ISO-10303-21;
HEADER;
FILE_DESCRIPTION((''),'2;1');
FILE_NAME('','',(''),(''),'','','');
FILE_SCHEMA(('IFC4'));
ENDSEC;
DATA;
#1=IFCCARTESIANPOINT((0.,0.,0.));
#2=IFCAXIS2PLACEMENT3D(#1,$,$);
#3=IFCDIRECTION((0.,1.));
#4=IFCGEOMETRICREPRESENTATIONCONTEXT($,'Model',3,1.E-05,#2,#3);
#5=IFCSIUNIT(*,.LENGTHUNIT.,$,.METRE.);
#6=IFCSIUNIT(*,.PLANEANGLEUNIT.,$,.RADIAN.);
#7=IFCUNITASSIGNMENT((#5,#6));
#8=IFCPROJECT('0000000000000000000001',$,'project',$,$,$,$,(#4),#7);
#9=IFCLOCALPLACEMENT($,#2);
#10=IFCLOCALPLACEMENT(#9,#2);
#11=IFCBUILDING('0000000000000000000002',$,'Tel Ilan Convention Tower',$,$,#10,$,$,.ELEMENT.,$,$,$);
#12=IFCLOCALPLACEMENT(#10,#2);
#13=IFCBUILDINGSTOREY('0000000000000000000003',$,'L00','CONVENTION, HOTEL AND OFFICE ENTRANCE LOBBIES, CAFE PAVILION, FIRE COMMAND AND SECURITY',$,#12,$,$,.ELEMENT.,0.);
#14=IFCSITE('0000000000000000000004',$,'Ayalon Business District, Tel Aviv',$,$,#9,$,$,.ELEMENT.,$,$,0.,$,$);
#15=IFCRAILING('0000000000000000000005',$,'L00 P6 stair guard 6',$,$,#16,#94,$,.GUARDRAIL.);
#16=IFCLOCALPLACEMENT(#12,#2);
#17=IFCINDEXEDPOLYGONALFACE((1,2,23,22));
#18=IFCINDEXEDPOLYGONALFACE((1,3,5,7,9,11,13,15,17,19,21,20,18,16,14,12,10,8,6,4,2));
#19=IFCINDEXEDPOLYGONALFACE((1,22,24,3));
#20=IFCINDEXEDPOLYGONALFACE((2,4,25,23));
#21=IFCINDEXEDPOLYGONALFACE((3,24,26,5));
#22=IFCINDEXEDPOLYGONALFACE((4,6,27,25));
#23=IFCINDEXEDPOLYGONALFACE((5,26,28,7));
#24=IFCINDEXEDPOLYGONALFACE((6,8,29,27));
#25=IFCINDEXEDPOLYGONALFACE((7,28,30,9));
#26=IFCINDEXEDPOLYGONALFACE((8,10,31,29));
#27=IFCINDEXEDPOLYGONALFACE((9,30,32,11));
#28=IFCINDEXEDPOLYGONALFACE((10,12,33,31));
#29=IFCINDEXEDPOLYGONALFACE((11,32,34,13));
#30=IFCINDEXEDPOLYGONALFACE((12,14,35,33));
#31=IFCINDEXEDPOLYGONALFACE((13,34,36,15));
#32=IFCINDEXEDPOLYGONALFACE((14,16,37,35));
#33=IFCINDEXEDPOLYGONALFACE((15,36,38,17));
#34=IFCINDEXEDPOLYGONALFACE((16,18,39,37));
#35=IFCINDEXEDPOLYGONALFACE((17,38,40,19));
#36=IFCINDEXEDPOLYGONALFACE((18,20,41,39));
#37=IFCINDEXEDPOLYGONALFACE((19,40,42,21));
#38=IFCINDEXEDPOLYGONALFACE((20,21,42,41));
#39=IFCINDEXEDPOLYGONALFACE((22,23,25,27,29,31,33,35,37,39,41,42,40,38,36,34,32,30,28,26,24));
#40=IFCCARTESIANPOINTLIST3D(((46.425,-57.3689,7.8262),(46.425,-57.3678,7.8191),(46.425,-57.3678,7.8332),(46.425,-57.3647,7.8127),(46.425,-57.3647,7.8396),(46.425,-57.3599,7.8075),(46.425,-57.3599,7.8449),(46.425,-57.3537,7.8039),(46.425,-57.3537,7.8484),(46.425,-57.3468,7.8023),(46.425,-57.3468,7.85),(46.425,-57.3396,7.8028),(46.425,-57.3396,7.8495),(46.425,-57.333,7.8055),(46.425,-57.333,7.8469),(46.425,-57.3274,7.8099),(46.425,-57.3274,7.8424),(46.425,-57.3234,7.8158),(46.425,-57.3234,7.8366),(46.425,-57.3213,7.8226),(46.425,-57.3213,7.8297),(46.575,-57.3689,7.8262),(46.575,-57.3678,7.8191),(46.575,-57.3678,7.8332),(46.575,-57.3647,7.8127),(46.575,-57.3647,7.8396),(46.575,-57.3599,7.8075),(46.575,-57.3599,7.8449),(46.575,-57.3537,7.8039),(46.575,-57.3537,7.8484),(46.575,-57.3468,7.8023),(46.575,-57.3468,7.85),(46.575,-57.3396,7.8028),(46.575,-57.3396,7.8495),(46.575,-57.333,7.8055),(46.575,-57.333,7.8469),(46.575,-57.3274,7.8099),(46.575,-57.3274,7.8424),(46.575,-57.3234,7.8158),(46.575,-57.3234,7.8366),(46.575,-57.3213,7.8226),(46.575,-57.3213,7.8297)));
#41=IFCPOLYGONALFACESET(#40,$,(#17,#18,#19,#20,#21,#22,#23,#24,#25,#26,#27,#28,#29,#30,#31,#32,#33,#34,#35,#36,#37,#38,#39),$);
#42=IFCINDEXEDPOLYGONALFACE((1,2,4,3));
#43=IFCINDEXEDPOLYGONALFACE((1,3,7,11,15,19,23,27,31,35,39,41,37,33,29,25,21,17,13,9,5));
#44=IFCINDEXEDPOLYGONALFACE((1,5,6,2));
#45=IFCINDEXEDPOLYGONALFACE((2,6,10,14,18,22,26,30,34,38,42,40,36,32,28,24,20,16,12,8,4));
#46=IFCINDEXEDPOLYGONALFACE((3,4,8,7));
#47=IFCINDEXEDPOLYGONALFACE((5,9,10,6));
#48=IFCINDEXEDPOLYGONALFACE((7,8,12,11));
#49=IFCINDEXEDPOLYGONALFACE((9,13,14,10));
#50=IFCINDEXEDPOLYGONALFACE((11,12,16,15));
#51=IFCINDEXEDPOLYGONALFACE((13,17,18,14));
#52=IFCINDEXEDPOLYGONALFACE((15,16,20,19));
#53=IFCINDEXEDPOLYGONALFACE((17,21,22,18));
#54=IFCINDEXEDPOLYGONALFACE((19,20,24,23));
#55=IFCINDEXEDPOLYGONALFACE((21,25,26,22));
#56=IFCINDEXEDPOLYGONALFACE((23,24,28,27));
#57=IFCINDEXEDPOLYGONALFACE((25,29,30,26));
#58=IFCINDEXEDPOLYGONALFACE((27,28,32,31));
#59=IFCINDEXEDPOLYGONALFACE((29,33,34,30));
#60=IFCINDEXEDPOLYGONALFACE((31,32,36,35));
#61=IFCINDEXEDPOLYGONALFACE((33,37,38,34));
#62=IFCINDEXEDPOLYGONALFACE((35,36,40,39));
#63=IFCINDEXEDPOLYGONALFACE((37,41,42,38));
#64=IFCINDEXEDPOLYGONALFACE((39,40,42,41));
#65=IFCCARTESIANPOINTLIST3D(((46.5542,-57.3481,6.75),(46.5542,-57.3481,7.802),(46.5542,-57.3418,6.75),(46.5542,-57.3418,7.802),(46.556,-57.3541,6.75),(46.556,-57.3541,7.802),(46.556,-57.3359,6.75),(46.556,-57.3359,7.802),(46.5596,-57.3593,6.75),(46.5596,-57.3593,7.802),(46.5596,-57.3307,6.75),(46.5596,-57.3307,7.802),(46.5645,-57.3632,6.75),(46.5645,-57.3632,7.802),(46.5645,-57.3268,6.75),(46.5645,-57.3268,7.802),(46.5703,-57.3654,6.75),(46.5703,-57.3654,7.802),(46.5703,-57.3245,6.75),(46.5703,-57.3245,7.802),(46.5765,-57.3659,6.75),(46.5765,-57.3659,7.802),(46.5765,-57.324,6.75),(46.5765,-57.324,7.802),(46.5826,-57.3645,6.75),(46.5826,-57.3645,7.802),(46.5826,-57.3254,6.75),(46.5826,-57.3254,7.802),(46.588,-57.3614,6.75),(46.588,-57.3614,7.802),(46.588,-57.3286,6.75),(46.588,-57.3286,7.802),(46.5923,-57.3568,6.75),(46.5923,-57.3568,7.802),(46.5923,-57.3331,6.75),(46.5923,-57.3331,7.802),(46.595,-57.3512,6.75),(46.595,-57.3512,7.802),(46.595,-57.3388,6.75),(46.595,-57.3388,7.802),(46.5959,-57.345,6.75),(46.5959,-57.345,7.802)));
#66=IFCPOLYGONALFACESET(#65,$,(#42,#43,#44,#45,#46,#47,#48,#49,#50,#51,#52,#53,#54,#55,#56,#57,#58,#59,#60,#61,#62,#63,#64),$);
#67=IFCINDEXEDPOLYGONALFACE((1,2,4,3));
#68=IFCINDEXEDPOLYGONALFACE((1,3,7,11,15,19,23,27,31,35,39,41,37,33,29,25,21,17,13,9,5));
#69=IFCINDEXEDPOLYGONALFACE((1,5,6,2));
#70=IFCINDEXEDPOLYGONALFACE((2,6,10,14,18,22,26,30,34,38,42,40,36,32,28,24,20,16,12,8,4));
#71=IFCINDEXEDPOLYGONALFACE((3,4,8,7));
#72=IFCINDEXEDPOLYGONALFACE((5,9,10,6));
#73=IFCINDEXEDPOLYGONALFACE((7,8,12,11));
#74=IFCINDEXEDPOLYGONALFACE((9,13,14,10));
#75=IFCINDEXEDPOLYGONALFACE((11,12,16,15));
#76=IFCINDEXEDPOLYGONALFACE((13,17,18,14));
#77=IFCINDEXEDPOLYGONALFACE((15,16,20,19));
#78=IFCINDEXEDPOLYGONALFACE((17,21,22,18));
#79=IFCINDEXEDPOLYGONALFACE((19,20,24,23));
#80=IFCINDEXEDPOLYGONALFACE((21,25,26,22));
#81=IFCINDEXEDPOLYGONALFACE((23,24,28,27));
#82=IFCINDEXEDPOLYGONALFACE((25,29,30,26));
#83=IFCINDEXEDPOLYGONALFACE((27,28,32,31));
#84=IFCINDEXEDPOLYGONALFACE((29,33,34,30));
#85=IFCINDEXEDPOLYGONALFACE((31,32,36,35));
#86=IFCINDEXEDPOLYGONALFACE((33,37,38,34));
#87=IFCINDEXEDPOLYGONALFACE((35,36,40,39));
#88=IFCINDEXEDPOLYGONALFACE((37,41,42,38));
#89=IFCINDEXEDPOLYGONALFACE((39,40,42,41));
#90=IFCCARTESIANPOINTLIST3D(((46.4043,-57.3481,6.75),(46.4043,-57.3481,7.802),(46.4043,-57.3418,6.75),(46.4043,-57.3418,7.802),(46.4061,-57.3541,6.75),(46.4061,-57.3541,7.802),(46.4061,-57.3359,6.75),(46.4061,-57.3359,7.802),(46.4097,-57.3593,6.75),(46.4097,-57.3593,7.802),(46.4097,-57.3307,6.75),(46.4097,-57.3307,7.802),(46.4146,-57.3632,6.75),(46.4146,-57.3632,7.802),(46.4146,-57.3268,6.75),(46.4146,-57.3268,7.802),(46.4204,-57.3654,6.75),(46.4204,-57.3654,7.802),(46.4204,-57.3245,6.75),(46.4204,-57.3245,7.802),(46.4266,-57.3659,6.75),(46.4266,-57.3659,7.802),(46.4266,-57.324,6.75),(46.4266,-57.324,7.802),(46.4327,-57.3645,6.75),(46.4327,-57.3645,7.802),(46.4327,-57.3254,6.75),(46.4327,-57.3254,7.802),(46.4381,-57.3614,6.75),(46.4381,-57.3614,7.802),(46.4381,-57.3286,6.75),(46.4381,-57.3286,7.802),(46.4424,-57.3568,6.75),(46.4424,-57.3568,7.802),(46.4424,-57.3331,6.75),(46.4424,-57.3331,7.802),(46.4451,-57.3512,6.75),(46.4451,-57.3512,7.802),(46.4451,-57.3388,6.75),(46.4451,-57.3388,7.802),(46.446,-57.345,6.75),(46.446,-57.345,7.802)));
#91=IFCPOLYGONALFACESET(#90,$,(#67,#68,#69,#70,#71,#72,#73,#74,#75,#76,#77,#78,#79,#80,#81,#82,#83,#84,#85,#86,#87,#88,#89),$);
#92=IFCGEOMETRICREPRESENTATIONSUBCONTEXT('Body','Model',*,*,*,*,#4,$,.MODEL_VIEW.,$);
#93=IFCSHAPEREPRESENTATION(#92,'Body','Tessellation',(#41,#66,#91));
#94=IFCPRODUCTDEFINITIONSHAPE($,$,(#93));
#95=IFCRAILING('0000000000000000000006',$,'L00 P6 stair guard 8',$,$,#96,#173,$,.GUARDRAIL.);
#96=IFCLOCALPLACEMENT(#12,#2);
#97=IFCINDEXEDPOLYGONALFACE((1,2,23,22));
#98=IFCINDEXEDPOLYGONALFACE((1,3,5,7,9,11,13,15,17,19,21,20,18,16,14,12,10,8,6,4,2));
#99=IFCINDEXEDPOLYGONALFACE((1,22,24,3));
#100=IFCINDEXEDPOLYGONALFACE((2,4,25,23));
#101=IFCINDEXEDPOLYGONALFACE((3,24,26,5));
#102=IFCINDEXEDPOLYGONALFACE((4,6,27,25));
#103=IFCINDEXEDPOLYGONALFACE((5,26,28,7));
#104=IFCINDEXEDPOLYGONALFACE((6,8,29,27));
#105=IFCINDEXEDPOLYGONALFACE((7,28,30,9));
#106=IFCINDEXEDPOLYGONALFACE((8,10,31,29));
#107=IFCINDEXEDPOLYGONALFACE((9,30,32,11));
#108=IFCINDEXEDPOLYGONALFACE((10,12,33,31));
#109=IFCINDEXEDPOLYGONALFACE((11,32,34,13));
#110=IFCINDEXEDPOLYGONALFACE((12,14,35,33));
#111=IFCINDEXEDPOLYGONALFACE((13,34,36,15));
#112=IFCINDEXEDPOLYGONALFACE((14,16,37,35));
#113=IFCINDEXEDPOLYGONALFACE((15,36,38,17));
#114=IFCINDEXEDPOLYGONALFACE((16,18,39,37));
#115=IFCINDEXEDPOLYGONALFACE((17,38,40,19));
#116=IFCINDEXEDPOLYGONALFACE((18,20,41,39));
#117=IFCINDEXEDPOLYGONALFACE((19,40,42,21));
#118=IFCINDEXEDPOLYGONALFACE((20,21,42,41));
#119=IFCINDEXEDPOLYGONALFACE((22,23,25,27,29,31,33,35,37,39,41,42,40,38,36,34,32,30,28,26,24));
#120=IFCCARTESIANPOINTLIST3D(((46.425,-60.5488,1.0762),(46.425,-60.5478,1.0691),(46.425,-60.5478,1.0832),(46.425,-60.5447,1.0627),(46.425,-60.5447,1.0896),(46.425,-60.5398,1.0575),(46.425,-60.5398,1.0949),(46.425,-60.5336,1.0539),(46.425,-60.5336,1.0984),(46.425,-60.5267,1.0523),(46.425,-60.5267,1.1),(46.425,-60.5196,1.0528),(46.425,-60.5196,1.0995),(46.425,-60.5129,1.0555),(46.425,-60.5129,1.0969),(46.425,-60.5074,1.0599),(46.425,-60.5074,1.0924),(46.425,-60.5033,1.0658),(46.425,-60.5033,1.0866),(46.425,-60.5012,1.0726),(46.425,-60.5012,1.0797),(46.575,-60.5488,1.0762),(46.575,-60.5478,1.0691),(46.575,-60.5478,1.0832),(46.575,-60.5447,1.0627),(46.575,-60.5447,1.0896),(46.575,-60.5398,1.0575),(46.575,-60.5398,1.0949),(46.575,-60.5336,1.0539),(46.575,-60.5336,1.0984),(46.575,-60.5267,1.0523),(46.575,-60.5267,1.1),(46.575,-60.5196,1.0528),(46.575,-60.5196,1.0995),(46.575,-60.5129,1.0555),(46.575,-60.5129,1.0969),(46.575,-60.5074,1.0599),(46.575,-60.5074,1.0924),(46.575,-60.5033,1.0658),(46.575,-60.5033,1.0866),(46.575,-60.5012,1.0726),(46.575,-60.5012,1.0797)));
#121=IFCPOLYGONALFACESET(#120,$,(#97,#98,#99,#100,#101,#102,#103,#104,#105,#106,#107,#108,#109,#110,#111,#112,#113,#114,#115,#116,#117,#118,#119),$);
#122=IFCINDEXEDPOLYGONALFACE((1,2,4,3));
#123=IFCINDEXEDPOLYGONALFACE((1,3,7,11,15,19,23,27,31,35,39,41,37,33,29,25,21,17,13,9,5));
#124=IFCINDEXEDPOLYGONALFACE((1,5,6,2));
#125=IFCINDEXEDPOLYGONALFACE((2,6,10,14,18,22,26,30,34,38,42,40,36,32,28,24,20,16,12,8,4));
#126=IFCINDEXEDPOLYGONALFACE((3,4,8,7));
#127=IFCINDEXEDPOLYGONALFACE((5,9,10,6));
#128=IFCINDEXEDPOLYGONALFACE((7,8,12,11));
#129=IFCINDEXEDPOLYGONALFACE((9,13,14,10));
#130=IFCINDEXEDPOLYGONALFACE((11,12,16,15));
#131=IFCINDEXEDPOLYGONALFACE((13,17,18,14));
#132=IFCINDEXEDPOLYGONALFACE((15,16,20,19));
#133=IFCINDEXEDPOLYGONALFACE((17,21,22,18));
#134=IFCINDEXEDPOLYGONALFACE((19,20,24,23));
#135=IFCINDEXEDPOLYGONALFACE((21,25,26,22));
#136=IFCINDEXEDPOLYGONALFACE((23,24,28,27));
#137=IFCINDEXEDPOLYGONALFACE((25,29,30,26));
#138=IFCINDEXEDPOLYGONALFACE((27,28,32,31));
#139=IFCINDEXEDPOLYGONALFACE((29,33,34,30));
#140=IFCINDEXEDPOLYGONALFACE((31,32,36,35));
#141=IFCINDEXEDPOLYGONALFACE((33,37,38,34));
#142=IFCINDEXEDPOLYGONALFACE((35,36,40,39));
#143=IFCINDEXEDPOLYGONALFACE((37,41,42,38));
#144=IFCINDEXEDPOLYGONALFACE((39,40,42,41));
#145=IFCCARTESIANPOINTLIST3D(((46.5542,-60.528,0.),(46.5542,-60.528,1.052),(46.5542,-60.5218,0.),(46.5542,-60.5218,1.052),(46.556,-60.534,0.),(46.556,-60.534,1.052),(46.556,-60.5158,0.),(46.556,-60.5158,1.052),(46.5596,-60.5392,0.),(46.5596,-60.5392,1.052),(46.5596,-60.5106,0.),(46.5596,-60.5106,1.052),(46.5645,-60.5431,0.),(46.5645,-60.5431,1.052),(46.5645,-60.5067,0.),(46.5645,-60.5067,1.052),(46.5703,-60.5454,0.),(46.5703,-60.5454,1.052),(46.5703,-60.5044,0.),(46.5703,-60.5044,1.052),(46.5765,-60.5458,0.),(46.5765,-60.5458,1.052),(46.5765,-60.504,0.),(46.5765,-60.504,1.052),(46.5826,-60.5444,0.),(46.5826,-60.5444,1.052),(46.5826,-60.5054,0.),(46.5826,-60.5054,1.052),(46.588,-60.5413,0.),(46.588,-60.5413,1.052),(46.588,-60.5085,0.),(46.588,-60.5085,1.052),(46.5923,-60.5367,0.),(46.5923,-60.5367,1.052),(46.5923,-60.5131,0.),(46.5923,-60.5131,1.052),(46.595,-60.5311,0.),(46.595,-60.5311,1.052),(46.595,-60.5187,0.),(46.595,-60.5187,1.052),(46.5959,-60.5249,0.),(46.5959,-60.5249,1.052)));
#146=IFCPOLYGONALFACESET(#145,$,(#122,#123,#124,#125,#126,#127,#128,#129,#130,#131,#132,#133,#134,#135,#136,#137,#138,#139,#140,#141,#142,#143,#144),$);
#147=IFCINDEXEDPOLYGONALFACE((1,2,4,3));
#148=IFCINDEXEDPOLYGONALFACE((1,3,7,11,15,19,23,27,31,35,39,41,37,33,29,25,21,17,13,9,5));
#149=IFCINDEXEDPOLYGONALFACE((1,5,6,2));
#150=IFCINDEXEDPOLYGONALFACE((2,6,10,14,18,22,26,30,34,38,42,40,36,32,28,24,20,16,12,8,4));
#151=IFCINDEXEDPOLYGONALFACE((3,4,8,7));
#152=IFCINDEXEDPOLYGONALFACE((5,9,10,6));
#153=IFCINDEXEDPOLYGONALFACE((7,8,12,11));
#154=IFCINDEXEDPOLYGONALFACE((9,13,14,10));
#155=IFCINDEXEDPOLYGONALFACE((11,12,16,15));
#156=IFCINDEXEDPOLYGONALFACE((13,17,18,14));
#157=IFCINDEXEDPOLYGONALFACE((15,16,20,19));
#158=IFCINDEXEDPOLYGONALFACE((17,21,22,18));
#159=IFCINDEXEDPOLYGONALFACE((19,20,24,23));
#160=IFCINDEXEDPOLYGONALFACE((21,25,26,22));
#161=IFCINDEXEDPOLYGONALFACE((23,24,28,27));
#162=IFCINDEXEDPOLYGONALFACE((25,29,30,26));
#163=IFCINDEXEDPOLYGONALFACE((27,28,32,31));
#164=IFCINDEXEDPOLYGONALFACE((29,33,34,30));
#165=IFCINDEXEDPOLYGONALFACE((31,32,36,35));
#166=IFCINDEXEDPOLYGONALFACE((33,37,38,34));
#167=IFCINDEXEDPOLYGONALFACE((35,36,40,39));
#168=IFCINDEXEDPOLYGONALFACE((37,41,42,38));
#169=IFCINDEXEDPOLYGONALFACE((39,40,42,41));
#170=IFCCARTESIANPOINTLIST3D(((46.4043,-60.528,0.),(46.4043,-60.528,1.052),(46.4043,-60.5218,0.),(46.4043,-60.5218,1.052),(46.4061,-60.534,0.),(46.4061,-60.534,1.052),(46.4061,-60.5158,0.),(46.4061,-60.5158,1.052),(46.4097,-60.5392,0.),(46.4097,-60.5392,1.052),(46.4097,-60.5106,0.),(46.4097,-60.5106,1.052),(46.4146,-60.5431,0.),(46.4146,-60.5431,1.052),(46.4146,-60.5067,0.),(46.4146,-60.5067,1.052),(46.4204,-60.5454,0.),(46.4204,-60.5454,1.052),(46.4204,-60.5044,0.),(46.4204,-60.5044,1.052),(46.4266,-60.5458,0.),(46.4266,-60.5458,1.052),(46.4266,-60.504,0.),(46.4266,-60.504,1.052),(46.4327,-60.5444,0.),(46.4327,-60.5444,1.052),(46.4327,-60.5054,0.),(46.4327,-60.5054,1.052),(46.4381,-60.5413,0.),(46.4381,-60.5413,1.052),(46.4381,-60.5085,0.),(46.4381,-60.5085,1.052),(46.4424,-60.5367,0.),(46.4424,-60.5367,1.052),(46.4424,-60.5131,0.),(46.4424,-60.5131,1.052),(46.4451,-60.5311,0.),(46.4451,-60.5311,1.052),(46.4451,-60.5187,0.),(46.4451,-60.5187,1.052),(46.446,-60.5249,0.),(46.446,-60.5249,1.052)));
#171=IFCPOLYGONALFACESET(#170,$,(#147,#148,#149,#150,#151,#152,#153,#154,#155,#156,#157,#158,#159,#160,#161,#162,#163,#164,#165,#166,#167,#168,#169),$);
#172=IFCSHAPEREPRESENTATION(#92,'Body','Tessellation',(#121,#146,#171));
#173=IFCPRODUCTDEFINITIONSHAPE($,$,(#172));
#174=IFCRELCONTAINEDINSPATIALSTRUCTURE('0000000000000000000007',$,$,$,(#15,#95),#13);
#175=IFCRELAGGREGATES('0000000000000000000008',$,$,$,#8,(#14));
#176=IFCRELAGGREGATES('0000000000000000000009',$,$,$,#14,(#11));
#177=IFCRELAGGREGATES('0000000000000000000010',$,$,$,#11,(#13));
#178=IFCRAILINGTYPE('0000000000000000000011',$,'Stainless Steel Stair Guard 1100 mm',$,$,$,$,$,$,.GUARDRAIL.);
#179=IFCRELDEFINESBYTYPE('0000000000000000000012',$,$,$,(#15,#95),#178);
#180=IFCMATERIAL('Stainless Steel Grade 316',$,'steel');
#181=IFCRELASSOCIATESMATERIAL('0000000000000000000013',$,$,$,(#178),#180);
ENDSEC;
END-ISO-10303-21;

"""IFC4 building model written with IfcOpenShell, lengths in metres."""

from ifc_helpers import new_model, si_unit, direction, frame, origin, origin_2d, place, context, subcontext, project, spatial, circle, extrude, material, type_object, element, save


model = new_model("IFC4")

# Units and contexts
model_context = context("Model", 3, precision=1e-05, world=origin(), true_north=direction((0.0, 1.0)))
body_context = subcontext(model_context, "Body", "Model", "MODEL_VIEW")
ifc_project = project(units=[si_unit("LENGTHUNIT", "METRE"), si_unit("PLANEANGLEUNIT", "RADIAN")], contexts=[model_context])

# Site, building, storey
site_placement = place(None, origin())
site = spatial("IfcSite", under=ifc_project, at=site_placement, Name="Ayalon Business District, Tel Aviv", CompositionType="ELEMENT", RefElevation=0.0)
building_placement = place(site_placement, origin())
building = spatial("IfcBuilding", under=site, at=building_placement, Name="Tel Ilan Convention Tower", CompositionType="ELEMENT")
storey_placement = place(building_placement, origin())
storey = spatial("IfcBuildingStorey", under=building, at=storey_placement, Name="L00", Description="CONVENTION, HOTEL AND OFFICE ENTRANCE LOBBIES, CAFE PAVILION, FIRE COMMAND AND SECURITY", CompositionType="ELEMENT", Elevation=0.0)

# Railings
ifc_material_1 = material(Name="Stainless Steel Grade 316", Category="steel")
railing_type_1 = type_object("IfcRailingType", Name="Stainless Steel Stair Guard 1100 mm", PredefinedType="GUARDRAIL", material=ifc_material_1)
for number, where, name in (
    (1, (46.575, -57.345, 6.75), "L00 P6 stair guard 6"),
    (2, (46.575, -60.5249, 0.0), "L00 P6 stair guard 8"),
):
    element("IfcRailing", number, at=place(storey_placement, frame(where)), inside=storey, type_object=railing_type_1, Name=name, PredefinedType="GUARDRAIL", context=body_context, shape_type="SweptSolid", body=[
        extrude(circle(Radius=0.0239, at=origin_2d()), frame((0.0, 0.0, 1.0762), z_axis=(-1.0, 0.0, 0.0), x_axis=(0.0, -1.0, 0.0)), (0.0, 0.0, 1.0), 0.1499),
        extrude(circle(Radius=0.021, at=origin_2d()), origin(), (0.0, 0.0, 1.0), 1.052),
        extrude(circle(Radius=0.021, at=origin_2d()), frame((-0.1499, 0.0, 0.0)), (0.0, 0.0, 1.0), 1.052),
    ])

save(model, "model.ifc")
